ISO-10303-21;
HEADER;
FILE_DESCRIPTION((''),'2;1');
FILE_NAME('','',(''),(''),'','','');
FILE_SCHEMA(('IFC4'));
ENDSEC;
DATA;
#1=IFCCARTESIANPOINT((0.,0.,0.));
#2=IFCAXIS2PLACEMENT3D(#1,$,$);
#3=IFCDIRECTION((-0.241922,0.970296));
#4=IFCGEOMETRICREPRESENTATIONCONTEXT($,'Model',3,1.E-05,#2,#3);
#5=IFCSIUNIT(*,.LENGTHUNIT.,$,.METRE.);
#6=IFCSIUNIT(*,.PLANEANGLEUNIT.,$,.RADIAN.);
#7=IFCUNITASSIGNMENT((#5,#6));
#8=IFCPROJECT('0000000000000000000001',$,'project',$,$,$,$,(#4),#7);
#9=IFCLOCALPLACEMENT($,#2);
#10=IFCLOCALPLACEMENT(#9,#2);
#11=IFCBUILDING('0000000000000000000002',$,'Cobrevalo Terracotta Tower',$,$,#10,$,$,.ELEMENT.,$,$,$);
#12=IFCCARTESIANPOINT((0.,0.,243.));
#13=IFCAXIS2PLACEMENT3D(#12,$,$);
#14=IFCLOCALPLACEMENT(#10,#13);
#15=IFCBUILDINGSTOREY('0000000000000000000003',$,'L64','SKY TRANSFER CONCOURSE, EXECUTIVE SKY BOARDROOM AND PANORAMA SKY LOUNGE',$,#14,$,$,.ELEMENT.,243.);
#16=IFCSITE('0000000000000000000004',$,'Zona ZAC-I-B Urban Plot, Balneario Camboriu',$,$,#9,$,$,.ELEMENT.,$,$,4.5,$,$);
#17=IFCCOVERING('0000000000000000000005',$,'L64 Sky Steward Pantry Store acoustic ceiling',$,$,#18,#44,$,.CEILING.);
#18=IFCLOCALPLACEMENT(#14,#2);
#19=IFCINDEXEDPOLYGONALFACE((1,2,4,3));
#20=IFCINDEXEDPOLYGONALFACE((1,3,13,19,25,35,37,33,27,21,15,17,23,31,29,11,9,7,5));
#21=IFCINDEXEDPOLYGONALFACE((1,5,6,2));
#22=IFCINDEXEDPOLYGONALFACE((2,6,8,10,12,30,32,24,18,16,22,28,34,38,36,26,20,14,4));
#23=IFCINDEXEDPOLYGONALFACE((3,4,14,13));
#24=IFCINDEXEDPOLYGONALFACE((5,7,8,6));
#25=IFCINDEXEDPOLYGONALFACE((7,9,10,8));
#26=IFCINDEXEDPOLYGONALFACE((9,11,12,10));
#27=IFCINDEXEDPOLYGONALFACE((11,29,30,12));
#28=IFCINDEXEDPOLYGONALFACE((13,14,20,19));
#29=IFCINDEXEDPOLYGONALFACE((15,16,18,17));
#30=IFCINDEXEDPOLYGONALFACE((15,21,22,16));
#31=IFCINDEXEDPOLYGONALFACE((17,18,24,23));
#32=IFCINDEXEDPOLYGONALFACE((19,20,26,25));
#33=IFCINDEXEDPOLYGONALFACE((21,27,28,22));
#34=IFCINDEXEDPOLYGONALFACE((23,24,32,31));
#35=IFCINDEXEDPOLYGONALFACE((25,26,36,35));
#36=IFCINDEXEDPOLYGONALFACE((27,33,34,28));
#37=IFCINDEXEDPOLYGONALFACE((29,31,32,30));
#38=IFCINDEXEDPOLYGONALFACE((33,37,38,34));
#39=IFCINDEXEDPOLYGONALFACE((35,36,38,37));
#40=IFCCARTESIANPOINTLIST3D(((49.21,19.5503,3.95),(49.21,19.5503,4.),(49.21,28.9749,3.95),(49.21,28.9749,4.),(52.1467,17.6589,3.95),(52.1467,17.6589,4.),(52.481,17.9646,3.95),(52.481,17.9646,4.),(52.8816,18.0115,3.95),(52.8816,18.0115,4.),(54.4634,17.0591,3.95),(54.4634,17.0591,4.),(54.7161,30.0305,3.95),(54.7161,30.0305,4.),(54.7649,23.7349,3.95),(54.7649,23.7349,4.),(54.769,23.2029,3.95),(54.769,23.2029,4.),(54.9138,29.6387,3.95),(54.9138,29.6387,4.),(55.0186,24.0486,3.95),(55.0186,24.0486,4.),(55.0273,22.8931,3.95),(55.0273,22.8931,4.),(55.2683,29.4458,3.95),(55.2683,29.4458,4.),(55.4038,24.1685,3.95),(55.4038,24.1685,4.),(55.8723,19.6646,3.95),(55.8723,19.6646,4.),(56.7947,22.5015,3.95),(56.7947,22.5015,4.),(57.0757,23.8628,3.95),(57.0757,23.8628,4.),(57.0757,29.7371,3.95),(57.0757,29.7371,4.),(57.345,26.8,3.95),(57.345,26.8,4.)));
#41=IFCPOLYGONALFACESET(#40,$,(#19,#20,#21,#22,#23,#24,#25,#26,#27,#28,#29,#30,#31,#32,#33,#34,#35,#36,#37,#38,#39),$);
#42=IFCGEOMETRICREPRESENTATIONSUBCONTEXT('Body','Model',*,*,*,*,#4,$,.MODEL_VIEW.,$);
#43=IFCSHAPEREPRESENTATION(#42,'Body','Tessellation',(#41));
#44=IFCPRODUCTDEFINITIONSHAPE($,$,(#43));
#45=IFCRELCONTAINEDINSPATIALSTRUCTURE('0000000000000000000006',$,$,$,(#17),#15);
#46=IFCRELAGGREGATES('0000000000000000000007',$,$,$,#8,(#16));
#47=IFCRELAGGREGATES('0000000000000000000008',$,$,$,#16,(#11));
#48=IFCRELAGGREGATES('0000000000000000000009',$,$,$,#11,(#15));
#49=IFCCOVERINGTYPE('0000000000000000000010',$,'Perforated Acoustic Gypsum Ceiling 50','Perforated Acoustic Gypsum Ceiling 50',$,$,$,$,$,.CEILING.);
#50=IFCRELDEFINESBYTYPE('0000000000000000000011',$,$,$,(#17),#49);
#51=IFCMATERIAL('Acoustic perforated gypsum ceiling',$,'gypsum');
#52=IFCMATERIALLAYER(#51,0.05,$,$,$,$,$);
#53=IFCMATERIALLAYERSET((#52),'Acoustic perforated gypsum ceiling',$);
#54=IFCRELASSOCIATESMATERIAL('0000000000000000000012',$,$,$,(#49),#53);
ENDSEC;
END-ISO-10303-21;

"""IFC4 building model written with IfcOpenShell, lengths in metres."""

from ifc_helpers import new_model, si_unit, direction, frame, origin, place, context, subcontext, project, spatial, polyline, outline, extrude, material, layer, layer_set, type_object, element, save


model = new_model("IFC4")

# Units and contexts
model_context = context("Model", 3, precision=1e-05, world=origin(), true_north=direction((-0.241922, 0.970296)))
body_context = subcontext(model_context, "Body", "Model", "MODEL_VIEW")
ifc_project = project(units=[si_unit("LENGTHUNIT", "METRE"), si_unit("PLANEANGLEUNIT", "RADIAN")], contexts=[model_context])

# Site, building, storey
site_placement = place(None, origin())
site = spatial("IfcSite", under=ifc_project, at=site_placement, Name="Zona ZAC-I-B Urban Plot, Balneario Camboriu", CompositionType="ELEMENT", RefElevation=4.5)
building_placement = place(site_placement, origin())
building = spatial("IfcBuilding", under=site, at=building_placement, Name="Cobrevalo Terracotta Tower", CompositionType="ELEMENT")
storey_placement = place(building_placement, frame((0.0, 0.0, 243.0)))
storey = spatial("IfcBuildingStorey", under=building, at=storey_placement, Name="L64", Description="SKY TRANSFER CONCOURSE, EXECUTIVE SKY BOARDROOM AND PANORAMA SKY LOUNGE", CompositionType="ELEMENT", Elevation=243.0)

# Covering
ifc_material_1 = material(Name="Acoustic perforated gypsum ceiling", Category="gypsum")
ifc_layer_1 = layer(ifc_material_1, 0.05)
ifc_layer_set_1 = layer_set([ifc_layer_1], Name="Acoustic perforated gypsum ceiling")
covering_type_1 = type_object("IfcCoveringType", Name="Perforated Acoustic Gypsum Ceiling 50", Description="Perforated Acoustic Gypsum Ceiling 50", PredefinedType="CEILING", material=ifc_layer_set_1)
covering_1_placement = place(storey_placement, frame((0.0, 0.0, 3.95)))
element("IfcCovering", 1, at=covering_1_placement, inside=storey, type_object=covering_type_1, Name="L64 Sky Steward Pantry Store acoustic ceiling", PredefinedType="CEILING", context=body_context, shape_type="SweptSolid", body=[
    extrude(outline(polyline([(54.7161, 30.0305), (54.9138, 29.6387), (55.2683, 29.4458), (57.0757, 29.7371), (57.345, 26.8), (57.0757, 23.8628), (55.4038, 24.1685), (55.0186, 24.0486), (54.7649, 23.7349), (54.769, 23.2029), (55.0273, 22.8931), (56.7947, 22.5015), (55.8723, 19.6646), (54.4634, 17.0591), (52.8816, 18.0115), (52.481, 17.9646), (52.1467, 17.6589), (49.21, 19.5503), (49.21, 28.9749), (54.7161, 30.0305)])), origin(), (0.0, 0.0, 1.0), 0.05),
])

save(model, "model.ifc")
